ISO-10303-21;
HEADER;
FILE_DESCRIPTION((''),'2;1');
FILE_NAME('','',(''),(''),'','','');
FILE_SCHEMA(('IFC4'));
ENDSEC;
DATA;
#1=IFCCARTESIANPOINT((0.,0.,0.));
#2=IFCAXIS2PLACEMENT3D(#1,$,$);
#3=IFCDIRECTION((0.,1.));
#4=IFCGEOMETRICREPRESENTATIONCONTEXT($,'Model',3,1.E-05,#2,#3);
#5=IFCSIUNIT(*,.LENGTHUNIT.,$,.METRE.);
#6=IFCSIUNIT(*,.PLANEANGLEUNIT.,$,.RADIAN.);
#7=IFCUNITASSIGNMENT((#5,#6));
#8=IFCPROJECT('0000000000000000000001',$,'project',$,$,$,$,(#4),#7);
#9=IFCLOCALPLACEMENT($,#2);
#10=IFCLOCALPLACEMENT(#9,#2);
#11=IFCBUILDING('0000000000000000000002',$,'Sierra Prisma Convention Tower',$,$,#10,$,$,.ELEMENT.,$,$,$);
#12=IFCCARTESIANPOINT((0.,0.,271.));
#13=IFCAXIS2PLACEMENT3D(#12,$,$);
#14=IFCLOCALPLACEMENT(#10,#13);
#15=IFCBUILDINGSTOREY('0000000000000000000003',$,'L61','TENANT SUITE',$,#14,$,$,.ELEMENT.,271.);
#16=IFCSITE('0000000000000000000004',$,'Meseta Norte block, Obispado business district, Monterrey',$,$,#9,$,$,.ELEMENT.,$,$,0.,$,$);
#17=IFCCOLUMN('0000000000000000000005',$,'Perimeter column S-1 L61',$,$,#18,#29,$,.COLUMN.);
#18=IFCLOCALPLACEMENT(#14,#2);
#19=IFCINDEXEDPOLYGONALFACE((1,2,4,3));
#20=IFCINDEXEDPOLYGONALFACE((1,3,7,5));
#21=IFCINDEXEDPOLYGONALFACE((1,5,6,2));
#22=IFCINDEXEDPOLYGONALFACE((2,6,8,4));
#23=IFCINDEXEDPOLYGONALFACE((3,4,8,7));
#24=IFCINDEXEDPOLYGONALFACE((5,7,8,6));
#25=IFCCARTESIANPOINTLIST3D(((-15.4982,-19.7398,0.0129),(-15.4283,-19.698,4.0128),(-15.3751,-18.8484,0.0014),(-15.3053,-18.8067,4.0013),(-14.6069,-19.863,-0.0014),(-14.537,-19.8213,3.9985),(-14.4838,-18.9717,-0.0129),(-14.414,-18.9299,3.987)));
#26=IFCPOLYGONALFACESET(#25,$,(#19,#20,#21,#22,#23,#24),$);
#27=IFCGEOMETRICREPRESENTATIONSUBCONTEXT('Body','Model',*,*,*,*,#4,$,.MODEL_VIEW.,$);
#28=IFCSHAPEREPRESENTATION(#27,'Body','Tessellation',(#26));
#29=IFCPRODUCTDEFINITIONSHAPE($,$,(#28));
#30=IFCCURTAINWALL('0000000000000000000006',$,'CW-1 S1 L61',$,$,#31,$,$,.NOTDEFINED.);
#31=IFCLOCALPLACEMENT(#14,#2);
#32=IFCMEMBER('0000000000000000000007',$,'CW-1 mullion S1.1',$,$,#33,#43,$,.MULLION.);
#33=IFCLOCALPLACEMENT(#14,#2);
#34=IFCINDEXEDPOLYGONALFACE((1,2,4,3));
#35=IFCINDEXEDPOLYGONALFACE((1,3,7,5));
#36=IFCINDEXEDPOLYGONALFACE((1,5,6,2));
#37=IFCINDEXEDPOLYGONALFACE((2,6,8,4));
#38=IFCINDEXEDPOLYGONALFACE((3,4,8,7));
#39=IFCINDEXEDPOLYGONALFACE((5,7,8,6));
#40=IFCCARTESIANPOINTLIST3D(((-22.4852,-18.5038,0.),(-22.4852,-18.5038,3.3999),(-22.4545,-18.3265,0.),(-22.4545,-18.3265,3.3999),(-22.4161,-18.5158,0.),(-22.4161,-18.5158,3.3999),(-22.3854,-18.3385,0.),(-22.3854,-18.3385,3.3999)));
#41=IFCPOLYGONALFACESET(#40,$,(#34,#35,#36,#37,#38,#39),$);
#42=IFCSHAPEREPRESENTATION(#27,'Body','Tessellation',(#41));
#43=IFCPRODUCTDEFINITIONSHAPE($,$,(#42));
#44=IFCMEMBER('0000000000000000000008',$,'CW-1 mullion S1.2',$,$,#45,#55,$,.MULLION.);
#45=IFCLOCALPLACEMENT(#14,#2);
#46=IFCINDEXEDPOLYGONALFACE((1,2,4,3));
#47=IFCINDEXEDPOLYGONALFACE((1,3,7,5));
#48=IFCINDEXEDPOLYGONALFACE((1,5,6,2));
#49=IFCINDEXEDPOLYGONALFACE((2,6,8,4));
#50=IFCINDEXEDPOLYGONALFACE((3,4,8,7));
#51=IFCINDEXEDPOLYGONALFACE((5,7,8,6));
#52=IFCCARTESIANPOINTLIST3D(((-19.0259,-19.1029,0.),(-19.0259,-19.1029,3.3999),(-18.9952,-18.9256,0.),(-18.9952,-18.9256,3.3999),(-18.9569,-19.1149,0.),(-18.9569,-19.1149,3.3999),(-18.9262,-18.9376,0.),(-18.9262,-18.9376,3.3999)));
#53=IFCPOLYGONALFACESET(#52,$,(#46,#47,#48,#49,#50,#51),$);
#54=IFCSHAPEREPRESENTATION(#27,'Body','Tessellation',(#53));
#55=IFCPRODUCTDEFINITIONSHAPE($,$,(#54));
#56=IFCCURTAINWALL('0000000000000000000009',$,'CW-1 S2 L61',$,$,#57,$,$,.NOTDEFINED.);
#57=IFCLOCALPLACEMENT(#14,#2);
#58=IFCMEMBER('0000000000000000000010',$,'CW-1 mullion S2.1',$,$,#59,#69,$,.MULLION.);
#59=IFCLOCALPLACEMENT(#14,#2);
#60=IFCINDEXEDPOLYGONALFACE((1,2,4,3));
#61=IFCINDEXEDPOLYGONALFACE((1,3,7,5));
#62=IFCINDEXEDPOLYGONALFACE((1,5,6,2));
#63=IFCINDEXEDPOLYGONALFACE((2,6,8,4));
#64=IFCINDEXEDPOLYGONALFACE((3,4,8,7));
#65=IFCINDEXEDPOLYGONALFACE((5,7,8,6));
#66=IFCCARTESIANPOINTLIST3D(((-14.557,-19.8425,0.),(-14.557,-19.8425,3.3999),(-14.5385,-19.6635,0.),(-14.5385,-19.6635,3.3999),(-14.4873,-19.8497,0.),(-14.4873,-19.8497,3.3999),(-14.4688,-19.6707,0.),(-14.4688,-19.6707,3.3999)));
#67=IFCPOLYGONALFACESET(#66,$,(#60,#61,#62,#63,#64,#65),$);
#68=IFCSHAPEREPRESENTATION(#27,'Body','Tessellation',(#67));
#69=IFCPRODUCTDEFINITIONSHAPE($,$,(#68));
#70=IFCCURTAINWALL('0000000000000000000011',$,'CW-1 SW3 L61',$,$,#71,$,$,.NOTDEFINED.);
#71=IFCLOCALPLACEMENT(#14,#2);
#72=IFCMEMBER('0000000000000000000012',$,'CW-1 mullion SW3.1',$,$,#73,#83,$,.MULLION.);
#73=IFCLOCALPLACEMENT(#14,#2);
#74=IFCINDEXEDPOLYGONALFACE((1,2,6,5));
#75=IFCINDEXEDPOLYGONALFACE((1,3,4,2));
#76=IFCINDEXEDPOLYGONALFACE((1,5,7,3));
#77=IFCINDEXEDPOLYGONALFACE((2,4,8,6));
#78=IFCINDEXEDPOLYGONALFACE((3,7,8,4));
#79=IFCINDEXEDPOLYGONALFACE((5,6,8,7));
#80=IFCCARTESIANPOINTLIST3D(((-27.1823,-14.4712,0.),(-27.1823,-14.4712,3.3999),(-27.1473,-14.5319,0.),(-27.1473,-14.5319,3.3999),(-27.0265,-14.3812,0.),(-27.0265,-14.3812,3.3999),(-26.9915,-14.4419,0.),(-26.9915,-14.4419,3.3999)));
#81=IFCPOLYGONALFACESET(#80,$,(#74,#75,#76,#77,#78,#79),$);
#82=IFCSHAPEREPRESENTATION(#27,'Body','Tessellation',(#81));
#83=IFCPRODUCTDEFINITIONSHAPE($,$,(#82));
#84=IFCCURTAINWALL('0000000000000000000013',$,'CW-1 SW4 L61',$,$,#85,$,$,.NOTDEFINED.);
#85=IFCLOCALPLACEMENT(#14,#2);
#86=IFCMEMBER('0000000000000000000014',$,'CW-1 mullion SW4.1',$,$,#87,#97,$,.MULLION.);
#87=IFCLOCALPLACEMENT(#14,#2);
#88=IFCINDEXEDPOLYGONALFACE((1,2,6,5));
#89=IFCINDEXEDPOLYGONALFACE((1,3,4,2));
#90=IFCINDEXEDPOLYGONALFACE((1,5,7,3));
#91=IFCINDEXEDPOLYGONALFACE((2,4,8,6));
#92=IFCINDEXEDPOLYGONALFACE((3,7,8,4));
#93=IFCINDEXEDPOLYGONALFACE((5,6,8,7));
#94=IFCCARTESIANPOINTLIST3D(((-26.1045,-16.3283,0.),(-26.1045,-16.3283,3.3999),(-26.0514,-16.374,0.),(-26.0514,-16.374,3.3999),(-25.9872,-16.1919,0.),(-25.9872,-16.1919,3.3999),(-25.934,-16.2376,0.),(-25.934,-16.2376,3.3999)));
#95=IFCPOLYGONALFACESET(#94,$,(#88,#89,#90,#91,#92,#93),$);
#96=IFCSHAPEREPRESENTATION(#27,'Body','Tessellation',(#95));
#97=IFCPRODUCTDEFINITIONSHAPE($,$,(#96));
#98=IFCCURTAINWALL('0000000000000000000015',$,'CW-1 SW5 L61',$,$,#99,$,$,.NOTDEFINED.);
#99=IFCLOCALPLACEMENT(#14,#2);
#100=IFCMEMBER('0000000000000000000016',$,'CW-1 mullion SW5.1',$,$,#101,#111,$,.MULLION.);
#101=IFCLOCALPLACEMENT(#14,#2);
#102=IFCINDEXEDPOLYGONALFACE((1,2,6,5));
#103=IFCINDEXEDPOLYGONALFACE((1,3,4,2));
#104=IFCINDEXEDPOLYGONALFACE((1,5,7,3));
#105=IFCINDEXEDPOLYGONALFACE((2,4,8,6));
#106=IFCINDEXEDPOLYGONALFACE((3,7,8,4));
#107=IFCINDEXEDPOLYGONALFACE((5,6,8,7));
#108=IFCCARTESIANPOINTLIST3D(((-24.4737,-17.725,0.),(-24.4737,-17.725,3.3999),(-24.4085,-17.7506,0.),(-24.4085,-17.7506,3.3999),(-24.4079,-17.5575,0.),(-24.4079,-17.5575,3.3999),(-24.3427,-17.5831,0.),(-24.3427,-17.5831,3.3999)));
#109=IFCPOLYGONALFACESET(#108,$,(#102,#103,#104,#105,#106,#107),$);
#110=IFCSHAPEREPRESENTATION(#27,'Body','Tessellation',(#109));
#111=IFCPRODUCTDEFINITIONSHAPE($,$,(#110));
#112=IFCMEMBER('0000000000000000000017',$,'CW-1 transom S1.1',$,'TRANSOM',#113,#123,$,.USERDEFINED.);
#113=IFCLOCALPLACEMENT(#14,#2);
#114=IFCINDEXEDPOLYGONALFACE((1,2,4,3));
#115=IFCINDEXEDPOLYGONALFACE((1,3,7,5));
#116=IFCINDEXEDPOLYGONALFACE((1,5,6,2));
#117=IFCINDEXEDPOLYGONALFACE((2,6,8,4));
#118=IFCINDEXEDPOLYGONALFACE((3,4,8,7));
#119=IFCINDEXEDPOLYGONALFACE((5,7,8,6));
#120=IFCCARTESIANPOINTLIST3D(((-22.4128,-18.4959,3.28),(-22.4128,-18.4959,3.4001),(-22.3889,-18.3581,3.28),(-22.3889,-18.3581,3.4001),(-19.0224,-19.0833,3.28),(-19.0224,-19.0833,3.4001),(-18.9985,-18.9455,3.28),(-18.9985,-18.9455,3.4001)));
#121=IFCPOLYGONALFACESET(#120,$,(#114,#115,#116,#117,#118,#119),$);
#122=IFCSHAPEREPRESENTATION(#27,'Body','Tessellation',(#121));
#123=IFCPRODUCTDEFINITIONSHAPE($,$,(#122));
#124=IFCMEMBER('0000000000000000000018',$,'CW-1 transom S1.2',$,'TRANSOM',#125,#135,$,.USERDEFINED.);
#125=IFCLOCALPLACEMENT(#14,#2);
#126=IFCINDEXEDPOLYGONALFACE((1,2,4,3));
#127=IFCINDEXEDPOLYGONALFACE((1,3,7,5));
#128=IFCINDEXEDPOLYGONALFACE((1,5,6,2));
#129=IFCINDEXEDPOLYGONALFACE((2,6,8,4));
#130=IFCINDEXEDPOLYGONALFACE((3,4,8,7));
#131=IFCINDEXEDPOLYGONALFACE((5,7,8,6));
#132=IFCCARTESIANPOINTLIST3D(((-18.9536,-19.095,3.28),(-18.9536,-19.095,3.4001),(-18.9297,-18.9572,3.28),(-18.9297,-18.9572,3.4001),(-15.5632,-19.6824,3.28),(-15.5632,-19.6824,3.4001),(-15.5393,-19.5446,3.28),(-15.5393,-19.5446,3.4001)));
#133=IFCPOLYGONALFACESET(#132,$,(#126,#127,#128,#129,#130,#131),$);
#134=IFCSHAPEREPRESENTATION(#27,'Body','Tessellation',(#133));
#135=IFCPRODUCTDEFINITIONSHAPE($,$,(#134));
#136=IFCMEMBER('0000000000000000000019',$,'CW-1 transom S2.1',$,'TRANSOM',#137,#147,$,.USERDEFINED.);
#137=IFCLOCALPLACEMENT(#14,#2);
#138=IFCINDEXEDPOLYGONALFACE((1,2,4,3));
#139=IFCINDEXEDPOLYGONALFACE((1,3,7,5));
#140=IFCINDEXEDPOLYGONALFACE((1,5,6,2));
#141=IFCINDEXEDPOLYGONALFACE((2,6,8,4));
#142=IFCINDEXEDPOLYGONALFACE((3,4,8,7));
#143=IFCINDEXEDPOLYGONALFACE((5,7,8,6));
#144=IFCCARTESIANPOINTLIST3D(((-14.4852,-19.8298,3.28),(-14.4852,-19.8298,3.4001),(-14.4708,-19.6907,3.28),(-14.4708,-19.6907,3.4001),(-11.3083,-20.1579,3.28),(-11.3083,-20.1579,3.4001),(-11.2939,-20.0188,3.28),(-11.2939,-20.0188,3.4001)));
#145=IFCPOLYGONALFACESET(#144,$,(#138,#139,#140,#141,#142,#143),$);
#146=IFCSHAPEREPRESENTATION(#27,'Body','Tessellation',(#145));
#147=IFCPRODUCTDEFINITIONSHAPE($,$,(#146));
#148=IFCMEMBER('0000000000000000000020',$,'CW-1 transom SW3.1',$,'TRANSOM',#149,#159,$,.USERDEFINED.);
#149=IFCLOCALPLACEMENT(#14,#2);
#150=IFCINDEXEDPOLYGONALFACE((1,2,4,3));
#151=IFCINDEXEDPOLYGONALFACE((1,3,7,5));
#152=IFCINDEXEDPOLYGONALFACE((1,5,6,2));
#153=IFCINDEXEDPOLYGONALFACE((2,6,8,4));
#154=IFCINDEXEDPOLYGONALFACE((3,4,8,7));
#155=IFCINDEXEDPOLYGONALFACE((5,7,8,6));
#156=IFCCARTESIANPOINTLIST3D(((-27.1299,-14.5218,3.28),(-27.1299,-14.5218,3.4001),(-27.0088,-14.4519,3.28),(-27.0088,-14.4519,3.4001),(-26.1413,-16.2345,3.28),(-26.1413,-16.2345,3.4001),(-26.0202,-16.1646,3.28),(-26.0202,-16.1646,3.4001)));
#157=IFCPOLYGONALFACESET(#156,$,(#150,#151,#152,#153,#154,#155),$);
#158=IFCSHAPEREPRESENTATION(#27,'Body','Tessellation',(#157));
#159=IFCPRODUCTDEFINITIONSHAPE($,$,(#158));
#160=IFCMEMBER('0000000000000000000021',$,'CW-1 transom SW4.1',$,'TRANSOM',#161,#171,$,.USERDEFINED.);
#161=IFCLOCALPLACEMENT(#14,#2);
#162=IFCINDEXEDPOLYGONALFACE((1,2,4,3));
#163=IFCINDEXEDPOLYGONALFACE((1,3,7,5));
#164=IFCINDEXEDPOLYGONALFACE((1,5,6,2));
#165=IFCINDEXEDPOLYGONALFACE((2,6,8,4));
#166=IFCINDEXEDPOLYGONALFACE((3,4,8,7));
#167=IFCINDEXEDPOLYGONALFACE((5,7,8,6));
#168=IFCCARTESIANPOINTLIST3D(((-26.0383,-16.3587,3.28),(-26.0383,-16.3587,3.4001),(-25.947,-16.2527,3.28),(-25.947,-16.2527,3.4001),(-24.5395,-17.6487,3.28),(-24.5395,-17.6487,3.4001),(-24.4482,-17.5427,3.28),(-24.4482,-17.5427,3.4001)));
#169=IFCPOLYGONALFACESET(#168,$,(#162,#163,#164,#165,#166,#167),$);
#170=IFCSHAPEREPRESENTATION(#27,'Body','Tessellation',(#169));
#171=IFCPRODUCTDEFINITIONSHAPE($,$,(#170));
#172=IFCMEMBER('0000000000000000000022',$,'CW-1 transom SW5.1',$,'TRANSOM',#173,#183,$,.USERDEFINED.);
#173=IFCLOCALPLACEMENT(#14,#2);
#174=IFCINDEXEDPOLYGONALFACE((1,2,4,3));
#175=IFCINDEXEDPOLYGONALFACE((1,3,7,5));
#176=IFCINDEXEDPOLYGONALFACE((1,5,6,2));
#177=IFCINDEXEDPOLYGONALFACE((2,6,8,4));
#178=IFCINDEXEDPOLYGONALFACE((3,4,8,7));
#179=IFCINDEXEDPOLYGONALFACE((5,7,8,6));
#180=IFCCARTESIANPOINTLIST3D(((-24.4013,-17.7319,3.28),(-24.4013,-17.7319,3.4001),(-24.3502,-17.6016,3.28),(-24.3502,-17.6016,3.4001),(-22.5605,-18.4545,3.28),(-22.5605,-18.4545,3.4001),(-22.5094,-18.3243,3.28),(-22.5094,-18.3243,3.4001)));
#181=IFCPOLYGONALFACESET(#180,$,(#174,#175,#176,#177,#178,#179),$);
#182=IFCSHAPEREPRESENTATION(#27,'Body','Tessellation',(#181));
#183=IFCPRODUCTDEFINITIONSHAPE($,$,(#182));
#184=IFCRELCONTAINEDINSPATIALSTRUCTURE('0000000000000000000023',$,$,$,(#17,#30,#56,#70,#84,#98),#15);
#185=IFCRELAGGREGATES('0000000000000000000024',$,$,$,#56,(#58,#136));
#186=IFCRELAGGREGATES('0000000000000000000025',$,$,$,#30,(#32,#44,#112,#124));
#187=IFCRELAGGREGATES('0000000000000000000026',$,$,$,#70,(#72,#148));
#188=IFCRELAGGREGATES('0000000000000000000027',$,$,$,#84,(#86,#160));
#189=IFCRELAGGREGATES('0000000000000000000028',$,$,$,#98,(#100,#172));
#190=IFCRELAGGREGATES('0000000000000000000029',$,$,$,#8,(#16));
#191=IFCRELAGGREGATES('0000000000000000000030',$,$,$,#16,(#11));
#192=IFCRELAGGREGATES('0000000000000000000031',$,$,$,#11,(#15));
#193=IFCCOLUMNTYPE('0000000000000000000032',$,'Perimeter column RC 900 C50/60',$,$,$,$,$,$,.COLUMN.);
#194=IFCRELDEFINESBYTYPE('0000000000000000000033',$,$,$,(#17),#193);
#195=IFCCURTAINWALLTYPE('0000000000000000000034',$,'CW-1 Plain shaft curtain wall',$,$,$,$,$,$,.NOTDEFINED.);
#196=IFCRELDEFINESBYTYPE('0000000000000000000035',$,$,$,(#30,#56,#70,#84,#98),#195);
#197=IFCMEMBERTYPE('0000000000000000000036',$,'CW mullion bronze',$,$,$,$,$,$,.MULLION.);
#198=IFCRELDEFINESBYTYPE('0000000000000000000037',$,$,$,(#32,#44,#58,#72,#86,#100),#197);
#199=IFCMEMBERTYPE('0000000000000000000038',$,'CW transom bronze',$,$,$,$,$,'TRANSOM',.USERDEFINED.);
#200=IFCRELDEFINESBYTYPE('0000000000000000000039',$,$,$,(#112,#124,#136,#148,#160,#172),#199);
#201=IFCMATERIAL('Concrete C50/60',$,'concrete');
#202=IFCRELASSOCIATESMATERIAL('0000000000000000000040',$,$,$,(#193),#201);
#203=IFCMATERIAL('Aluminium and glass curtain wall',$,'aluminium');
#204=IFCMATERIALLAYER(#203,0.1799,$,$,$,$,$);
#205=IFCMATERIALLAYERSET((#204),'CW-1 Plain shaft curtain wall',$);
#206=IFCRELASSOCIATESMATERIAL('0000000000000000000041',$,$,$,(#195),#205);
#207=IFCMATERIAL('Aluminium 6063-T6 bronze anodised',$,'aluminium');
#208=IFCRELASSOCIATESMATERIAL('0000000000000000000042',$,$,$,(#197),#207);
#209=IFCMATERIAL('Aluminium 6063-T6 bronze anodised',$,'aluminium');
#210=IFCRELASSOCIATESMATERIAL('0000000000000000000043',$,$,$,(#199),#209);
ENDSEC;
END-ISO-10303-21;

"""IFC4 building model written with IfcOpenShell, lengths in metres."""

from ifc_helpers import new_model, si_unit, direction, frame, origin, origin_2d, place, context, subcontext, project, spatial, rectangle, extrude, material, layer, layer_set, material_profile, profile_set, type_object, element, aggregate, save


model = new_model("IFC4")

# Units and contexts
model_context = context("Model", 3, precision=1e-05, world=origin(), true_north=direction((0.0, 1.0)))
body_context = subcontext(model_context, "Body", "Model", "MODEL_VIEW")
ifc_project = project(units=[si_unit("LENGTHUNIT", "METRE"), si_unit("PLANEANGLEUNIT", "RADIAN")], contexts=[model_context])

# Site, building, storey
site_placement = place(None, origin())
site = spatial("IfcSite", under=ifc_project, at=site_placement, Name="Meseta Norte block, Obispado business district, Monterrey", CompositionType="ELEMENT", RefElevation=0.0)
building_placement = place(site_placement, origin())
building = spatial("IfcBuilding", under=site, at=building_placement, Name="Sierra Prisma Convention Tower", CompositionType="ELEMENT")
storey_placement = place(building_placement, frame((0.0, 0.0, 271.0)))
storey = spatial("IfcBuildingStorey", under=building, at=storey_placement, Name="L61", Description="TENANT SUITE", CompositionType="ELEMENT", Elevation=271.0)

# Column
ifc_material_1 = material(Name="Concrete C50/60", Category="concrete")
ifc_material_profile_1 = material_profile(ifc_material_1, rectangle(XDim=0.8999, YDim=0.8999, at=origin_2d()), Name="Perimeter column RC 900 C50/60")
ifc_profile_set_1 = profile_set([ifc_material_profile_1], Name="Concrete C50/60")
column_type = type_object("IfcColumnType", Name="Perimeter column RC 900 C50/60", PredefinedType="COLUMN", material=ifc_profile_set_1)
column_placement = place(storey_placement, frame((-14.991, -19.3557, 0.0), z_axis=(0.017452, 0.010435, 0.999793), x_axis=(-0.99045, 0.136961, 0.01586)))
element("IfcColumn", 1, at=column_placement, inside=storey, type_object=column_type, Name="Perimeter column S-1 L61", PredefinedType="COLUMN", context=body_context, shape_type="SweptSolid", body=[
    extrude(rectangle(XDim=0.8999, YDim=0.8999, at=origin_2d()), origin(), (0.0, 0.0, 1.0), 4.0007),
])

# Curtain wall, members
ifc_material_2 = material(Name="Aluminium and glass curtain wall", Category="aluminium")
ifc_layer_1 = layer(ifc_material_2, 0.1799)
ifc_layer_set_1 = layer_set([ifc_layer_1], Name="CW-1 Plain shaft curtain wall")
curtain_wall_type = type_object("IfcCurtainWallType", Name="CW-1 Plain shaft curtain wall", PredefinedType="NOTDEFINED", material=ifc_layer_set_1)
curtain_wall_1_placement = place(storey_placement, origin())
curtain_wall_1 = element("IfcCurtainWall", 2, at=curtain_wall_1_placement, inside=storey, type_object=curtain_wall_type, Name="CW-1 S1 L61", PredefinedType="NOTDEFINED")
ifc_material_3 = material(Name="Aluminium 6063-T6 bronze anodised", Category="aluminium")
ifc_material_profile_2 = material_profile(ifc_material_3, rectangle(XDim=0.1799, YDim=0.0701, at=origin_2d()), Name="ALU MULLION 70x180")
ifc_profile_set_2 = profile_set([ifc_material_profile_2], Name="Aluminium 6063-T6 bronze anodised")
member_type_1 = type_object("IfcMemberType", Name="CW mullion bronze", PredefinedType="MULLION", material=ifc_profile_set_2)
member_1_placement = place(storey_placement, frame((-22.4353, -18.4211, 0.0), z_axis=(0.0, 0.0, 1.0), x_axis=(0.170683, 0.985326, 0.0)))
member_1 = element("IfcMember", 3, at=member_1_placement, type_object=member_type_1, Name="CW-1 mullion S1.1", PredefinedType="MULLION", context=body_context, shape_type="SweptSolid", body=[
    extrude(rectangle(XDim=0.1799, YDim=0.0701, at=origin_2d()), origin(), (0.0, 0.0, 1.0), 3.3999),
])
member_2_placement = place(storey_placement, frame((-18.9761, -19.0203, 0.0), z_axis=(0.0, 0.0, 1.0), x_axis=(0.170683, 0.985326, 0.0)))
member_2 = element("IfcMember", 4, at=member_2_placement, type_object=member_type_1, Name="CW-1 mullion S1.2", PredefinedType="MULLION", context=body_context, shape_type="SweptSolid", body=[
    extrude(rectangle(XDim=0.1799, YDim=0.0701, at=origin_2d()), origin(), (0.0, 0.0, 1.0), 3.3999),
])

# Curtain walls, members
curtain_wall_2_placement = place(storey_placement, origin())
curtain_wall_2 = element("IfcCurtainWall", 5, at=curtain_wall_2_placement, inside=storey, type_object=curtain_wall_type, Name="CW-1 S2 L61", PredefinedType="NOTDEFINED")
member_3_placement = place(storey_placement, frame((-14.5129, -19.7566, 0.0), z_axis=(0.0, 0.0, 1.0), x_axis=(0.102732, 0.994709, 0.0)))
member_3 = element("IfcMember", 6, at=member_3_placement, type_object=member_type_1, Name="CW-1 mullion S2.1", PredefinedType="MULLION", context=body_context, shape_type="SweptSolid", body=[
    extrude(rectangle(XDim=0.1799, YDim=0.0701, at=origin_2d()), origin(), (0.0, 0.0, 1.0), 3.3999),
])
curtain_wall_3_placement = place(storey_placement, origin())
curtain_wall_3 = element("IfcCurtainWall", 7, at=curtain_wall_3_placement, inside=storey, type_object=curtain_wall_type, Name="CW-1 SW3 L61", PredefinedType="NOTDEFINED")
member_4_placement = place(storey_placement, frame((-27.0869, -14.4565, 0.0), z_axis=(0.0, 0.0, 1.0), x_axis=(0.866025, 0.5, 0.0)))
member_4 = element("IfcMember", 8, at=member_4_placement, type_object=member_type_1, Name="CW-1 mullion SW3.1", PredefinedType="MULLION", context=body_context, shape_type="SweptSolid", body=[
    extrude(rectangle(XDim=0.1799, YDim=0.0701, at=origin_2d()), origin(), (0.0, 0.0, 1.0), 3.3999),
])
curtain_wall_4_placement = place(storey_placement, origin())
curtain_wall_4 = element("IfcCurtainWall", 9, at=curtain_wall_4_placement, inside=storey, type_object=curtain_wall_type, Name="CW-1 SW4 L61", PredefinedType="NOTDEFINED")
member_5_placement = place(storey_placement, frame((-26.0193, -16.283, 0.0), z_axis=(0.0, 0.0, 1.0), x_axis=(0.652326, 0.757938, 0.0)))
member_5 = element("IfcMember", 10, at=member_5_placement, type_object=member_type_1, Name="CW-1 mullion SW4.1", PredefinedType="MULLION", context=body_context, shape_type="SweptSolid", body=[
    extrude(rectangle(XDim=0.1799, YDim=0.0701, at=origin_2d()), origin(), (0.0, 0.0, 1.0), 3.3999),
])
curtain_wall_5_placement = place(storey_placement, origin())
curtain_wall_5 = element("IfcCurtainWall", 11, at=curtain_wall_5_placement, inside=storey, type_object=curtain_wall_type, Name="CW-1 SW5 L61", PredefinedType="NOTDEFINED")
member_6_placement = place(storey_placement, frame((-24.4082, -17.6541, 0.0), z_axis=(0.0, 0.0, 1.0), x_axis=(0.365436, 0.930836, 0.0)))
member_6 = element("IfcMember", 12, at=member_6_placement, type_object=member_type_1, Name="CW-1 mullion SW5.1", PredefinedType="MULLION", context=body_context, shape_type="SweptSolid", body=[
    extrude(rectangle(XDim=0.1799, YDim=0.0701, at=origin_2d()), origin(), (0.0, 0.0, 1.0), 3.3999),
])

# Members
ifc_material_4 = material(Name="Aluminium 6063-T6 bronze anodised", Category="aluminium")
ifc_material_profile_3 = material_profile(ifc_material_4, rectangle(XDim=0.1399, YDim=0.1201, at=origin_2d()), Name="ALU TRANSOM 120x140")
ifc_profile_set_3 = profile_set([ifc_material_profile_3], Name="Aluminium 6063-T6 bronze anodised")
member_type_2 = type_object("IfcMemberType", Name="CW transom bronze", ElementType="TRANSOM", PredefinedType="USERDEFINED", material=ifc_profile_set_3)
member_7_placement = place(storey_placement, frame((-22.4009, -18.427, 3.3401), z_axis=(0.985321, -0.170712, 0.0), x_axis=(0.170712, 0.985321, 0.0)))
member_7 = element("IfcMember", 13, at=member_7_placement, type_object=member_type_2, Name="CW-1 transom S1.1", ObjectType="TRANSOM", PredefinedType="USERDEFINED", context=body_context, shape_type="SweptSolid", body=[
    extrude(rectangle(XDim=0.1399, YDim=0.1201, at=origin_2d()), origin(), (0.0, 0.0, 1.0), 3.4409),
])
member_8_placement = place(storey_placement, frame((-18.9417, -19.0261, 3.3401), z_axis=(0.985321, -0.170712, 0.0), x_axis=(0.170712, 0.985321, 0.0)))
member_8 = element("IfcMember", 14, at=member_8_placement, type_object=member_type_2, Name="CW-1 transom S1.2", ObjectType="TRANSOM", PredefinedType="USERDEFINED", context=body_context, shape_type="SweptSolid", body=[
    extrude(rectangle(XDim=0.1399, YDim=0.1201, at=origin_2d()), origin(), (0.0, 0.0, 1.0), 3.4409),
])
member_9_placement = place(storey_placement, frame((-14.478, -19.7603, 3.3401), z_axis=(0.994709, -0.102735, 0.0), x_axis=(0.102735, 0.994709, 0.0)))
member_9 = element("IfcMember", 15, at=member_9_placement, type_object=member_type_2, Name="CW-1 transom S2.1", ObjectType="TRANSOM", PredefinedType="USERDEFINED", context=body_context, shape_type="SweptSolid", body=[
    extrude(rectangle(XDim=0.1399, YDim=0.1201, at=origin_2d()), origin(), (0.0, 0.0, 1.0), 3.1938),
])
aggregate(curtain_wall_2, [member_3, member_9])
member_10_placement = place(storey_placement, frame((-27.0693, -14.4868, 3.3401), z_axis=(0.499897, -0.866085, 0.0), x_axis=(0.866085, 0.499897, 0.0)))
member_10 = element("IfcMember", 16, at=member_10_placement, type_object=member_type_2, Name="CW-1 transom SW3.1", ObjectType="TRANSOM", PredefinedType="USERDEFINED", context=body_context, shape_type="SweptSolid", body=[
    extrude(rectangle(XDim=0.1399, YDim=0.1201, at=origin_2d()), origin(), (0.0, 0.0, 1.0), 1.9775),
])
member_11_placement = place(storey_placement, frame((-25.9927, -16.3057, 3.3401), z_axis=(0.757913, -0.652356, 0.0), x_axis=(0.652356, 0.757913, 0.0)))
member_11 = element("IfcMember", 17, at=member_11_placement, type_object=member_type_2, Name="CW-1 transom SW4.1", ObjectType="TRANSOM", PredefinedType="USERDEFINED", context=body_context, shape_type="SweptSolid", body=[
    extrude(rectangle(XDim=0.1399, YDim=0.1201, at=origin_2d()), origin(), (0.0, 0.0, 1.0), 1.9775),
])
member_12_placement = place(storey_placement, frame((-24.3757, -17.6667, 3.3401), z_axis=(0.930841, -0.365423, 0.0), x_axis=(0.365423, 0.930841, 0.0)))
member_12 = element("IfcMember", 18, at=member_12_placement, type_object=member_type_2, Name="CW-1 transom SW5.1", ObjectType="TRANSOM", PredefinedType="USERDEFINED", context=body_context, shape_type="SweptSolid", body=[
    extrude(rectangle(XDim=0.1399, YDim=0.1201, at=origin_2d()), origin(), (0.0, 0.0, 1.0), 1.9775),
])

aggregate(curtain_wall_1, [member_1, member_2, member_7, member_8])

aggregate(curtain_wall_3, [member_4, member_10])
aggregate(curtain_wall_4, [member_5, member_11])
aggregate(curtain_wall_5, [member_6, member_12])

save(model, "model.ifc")
